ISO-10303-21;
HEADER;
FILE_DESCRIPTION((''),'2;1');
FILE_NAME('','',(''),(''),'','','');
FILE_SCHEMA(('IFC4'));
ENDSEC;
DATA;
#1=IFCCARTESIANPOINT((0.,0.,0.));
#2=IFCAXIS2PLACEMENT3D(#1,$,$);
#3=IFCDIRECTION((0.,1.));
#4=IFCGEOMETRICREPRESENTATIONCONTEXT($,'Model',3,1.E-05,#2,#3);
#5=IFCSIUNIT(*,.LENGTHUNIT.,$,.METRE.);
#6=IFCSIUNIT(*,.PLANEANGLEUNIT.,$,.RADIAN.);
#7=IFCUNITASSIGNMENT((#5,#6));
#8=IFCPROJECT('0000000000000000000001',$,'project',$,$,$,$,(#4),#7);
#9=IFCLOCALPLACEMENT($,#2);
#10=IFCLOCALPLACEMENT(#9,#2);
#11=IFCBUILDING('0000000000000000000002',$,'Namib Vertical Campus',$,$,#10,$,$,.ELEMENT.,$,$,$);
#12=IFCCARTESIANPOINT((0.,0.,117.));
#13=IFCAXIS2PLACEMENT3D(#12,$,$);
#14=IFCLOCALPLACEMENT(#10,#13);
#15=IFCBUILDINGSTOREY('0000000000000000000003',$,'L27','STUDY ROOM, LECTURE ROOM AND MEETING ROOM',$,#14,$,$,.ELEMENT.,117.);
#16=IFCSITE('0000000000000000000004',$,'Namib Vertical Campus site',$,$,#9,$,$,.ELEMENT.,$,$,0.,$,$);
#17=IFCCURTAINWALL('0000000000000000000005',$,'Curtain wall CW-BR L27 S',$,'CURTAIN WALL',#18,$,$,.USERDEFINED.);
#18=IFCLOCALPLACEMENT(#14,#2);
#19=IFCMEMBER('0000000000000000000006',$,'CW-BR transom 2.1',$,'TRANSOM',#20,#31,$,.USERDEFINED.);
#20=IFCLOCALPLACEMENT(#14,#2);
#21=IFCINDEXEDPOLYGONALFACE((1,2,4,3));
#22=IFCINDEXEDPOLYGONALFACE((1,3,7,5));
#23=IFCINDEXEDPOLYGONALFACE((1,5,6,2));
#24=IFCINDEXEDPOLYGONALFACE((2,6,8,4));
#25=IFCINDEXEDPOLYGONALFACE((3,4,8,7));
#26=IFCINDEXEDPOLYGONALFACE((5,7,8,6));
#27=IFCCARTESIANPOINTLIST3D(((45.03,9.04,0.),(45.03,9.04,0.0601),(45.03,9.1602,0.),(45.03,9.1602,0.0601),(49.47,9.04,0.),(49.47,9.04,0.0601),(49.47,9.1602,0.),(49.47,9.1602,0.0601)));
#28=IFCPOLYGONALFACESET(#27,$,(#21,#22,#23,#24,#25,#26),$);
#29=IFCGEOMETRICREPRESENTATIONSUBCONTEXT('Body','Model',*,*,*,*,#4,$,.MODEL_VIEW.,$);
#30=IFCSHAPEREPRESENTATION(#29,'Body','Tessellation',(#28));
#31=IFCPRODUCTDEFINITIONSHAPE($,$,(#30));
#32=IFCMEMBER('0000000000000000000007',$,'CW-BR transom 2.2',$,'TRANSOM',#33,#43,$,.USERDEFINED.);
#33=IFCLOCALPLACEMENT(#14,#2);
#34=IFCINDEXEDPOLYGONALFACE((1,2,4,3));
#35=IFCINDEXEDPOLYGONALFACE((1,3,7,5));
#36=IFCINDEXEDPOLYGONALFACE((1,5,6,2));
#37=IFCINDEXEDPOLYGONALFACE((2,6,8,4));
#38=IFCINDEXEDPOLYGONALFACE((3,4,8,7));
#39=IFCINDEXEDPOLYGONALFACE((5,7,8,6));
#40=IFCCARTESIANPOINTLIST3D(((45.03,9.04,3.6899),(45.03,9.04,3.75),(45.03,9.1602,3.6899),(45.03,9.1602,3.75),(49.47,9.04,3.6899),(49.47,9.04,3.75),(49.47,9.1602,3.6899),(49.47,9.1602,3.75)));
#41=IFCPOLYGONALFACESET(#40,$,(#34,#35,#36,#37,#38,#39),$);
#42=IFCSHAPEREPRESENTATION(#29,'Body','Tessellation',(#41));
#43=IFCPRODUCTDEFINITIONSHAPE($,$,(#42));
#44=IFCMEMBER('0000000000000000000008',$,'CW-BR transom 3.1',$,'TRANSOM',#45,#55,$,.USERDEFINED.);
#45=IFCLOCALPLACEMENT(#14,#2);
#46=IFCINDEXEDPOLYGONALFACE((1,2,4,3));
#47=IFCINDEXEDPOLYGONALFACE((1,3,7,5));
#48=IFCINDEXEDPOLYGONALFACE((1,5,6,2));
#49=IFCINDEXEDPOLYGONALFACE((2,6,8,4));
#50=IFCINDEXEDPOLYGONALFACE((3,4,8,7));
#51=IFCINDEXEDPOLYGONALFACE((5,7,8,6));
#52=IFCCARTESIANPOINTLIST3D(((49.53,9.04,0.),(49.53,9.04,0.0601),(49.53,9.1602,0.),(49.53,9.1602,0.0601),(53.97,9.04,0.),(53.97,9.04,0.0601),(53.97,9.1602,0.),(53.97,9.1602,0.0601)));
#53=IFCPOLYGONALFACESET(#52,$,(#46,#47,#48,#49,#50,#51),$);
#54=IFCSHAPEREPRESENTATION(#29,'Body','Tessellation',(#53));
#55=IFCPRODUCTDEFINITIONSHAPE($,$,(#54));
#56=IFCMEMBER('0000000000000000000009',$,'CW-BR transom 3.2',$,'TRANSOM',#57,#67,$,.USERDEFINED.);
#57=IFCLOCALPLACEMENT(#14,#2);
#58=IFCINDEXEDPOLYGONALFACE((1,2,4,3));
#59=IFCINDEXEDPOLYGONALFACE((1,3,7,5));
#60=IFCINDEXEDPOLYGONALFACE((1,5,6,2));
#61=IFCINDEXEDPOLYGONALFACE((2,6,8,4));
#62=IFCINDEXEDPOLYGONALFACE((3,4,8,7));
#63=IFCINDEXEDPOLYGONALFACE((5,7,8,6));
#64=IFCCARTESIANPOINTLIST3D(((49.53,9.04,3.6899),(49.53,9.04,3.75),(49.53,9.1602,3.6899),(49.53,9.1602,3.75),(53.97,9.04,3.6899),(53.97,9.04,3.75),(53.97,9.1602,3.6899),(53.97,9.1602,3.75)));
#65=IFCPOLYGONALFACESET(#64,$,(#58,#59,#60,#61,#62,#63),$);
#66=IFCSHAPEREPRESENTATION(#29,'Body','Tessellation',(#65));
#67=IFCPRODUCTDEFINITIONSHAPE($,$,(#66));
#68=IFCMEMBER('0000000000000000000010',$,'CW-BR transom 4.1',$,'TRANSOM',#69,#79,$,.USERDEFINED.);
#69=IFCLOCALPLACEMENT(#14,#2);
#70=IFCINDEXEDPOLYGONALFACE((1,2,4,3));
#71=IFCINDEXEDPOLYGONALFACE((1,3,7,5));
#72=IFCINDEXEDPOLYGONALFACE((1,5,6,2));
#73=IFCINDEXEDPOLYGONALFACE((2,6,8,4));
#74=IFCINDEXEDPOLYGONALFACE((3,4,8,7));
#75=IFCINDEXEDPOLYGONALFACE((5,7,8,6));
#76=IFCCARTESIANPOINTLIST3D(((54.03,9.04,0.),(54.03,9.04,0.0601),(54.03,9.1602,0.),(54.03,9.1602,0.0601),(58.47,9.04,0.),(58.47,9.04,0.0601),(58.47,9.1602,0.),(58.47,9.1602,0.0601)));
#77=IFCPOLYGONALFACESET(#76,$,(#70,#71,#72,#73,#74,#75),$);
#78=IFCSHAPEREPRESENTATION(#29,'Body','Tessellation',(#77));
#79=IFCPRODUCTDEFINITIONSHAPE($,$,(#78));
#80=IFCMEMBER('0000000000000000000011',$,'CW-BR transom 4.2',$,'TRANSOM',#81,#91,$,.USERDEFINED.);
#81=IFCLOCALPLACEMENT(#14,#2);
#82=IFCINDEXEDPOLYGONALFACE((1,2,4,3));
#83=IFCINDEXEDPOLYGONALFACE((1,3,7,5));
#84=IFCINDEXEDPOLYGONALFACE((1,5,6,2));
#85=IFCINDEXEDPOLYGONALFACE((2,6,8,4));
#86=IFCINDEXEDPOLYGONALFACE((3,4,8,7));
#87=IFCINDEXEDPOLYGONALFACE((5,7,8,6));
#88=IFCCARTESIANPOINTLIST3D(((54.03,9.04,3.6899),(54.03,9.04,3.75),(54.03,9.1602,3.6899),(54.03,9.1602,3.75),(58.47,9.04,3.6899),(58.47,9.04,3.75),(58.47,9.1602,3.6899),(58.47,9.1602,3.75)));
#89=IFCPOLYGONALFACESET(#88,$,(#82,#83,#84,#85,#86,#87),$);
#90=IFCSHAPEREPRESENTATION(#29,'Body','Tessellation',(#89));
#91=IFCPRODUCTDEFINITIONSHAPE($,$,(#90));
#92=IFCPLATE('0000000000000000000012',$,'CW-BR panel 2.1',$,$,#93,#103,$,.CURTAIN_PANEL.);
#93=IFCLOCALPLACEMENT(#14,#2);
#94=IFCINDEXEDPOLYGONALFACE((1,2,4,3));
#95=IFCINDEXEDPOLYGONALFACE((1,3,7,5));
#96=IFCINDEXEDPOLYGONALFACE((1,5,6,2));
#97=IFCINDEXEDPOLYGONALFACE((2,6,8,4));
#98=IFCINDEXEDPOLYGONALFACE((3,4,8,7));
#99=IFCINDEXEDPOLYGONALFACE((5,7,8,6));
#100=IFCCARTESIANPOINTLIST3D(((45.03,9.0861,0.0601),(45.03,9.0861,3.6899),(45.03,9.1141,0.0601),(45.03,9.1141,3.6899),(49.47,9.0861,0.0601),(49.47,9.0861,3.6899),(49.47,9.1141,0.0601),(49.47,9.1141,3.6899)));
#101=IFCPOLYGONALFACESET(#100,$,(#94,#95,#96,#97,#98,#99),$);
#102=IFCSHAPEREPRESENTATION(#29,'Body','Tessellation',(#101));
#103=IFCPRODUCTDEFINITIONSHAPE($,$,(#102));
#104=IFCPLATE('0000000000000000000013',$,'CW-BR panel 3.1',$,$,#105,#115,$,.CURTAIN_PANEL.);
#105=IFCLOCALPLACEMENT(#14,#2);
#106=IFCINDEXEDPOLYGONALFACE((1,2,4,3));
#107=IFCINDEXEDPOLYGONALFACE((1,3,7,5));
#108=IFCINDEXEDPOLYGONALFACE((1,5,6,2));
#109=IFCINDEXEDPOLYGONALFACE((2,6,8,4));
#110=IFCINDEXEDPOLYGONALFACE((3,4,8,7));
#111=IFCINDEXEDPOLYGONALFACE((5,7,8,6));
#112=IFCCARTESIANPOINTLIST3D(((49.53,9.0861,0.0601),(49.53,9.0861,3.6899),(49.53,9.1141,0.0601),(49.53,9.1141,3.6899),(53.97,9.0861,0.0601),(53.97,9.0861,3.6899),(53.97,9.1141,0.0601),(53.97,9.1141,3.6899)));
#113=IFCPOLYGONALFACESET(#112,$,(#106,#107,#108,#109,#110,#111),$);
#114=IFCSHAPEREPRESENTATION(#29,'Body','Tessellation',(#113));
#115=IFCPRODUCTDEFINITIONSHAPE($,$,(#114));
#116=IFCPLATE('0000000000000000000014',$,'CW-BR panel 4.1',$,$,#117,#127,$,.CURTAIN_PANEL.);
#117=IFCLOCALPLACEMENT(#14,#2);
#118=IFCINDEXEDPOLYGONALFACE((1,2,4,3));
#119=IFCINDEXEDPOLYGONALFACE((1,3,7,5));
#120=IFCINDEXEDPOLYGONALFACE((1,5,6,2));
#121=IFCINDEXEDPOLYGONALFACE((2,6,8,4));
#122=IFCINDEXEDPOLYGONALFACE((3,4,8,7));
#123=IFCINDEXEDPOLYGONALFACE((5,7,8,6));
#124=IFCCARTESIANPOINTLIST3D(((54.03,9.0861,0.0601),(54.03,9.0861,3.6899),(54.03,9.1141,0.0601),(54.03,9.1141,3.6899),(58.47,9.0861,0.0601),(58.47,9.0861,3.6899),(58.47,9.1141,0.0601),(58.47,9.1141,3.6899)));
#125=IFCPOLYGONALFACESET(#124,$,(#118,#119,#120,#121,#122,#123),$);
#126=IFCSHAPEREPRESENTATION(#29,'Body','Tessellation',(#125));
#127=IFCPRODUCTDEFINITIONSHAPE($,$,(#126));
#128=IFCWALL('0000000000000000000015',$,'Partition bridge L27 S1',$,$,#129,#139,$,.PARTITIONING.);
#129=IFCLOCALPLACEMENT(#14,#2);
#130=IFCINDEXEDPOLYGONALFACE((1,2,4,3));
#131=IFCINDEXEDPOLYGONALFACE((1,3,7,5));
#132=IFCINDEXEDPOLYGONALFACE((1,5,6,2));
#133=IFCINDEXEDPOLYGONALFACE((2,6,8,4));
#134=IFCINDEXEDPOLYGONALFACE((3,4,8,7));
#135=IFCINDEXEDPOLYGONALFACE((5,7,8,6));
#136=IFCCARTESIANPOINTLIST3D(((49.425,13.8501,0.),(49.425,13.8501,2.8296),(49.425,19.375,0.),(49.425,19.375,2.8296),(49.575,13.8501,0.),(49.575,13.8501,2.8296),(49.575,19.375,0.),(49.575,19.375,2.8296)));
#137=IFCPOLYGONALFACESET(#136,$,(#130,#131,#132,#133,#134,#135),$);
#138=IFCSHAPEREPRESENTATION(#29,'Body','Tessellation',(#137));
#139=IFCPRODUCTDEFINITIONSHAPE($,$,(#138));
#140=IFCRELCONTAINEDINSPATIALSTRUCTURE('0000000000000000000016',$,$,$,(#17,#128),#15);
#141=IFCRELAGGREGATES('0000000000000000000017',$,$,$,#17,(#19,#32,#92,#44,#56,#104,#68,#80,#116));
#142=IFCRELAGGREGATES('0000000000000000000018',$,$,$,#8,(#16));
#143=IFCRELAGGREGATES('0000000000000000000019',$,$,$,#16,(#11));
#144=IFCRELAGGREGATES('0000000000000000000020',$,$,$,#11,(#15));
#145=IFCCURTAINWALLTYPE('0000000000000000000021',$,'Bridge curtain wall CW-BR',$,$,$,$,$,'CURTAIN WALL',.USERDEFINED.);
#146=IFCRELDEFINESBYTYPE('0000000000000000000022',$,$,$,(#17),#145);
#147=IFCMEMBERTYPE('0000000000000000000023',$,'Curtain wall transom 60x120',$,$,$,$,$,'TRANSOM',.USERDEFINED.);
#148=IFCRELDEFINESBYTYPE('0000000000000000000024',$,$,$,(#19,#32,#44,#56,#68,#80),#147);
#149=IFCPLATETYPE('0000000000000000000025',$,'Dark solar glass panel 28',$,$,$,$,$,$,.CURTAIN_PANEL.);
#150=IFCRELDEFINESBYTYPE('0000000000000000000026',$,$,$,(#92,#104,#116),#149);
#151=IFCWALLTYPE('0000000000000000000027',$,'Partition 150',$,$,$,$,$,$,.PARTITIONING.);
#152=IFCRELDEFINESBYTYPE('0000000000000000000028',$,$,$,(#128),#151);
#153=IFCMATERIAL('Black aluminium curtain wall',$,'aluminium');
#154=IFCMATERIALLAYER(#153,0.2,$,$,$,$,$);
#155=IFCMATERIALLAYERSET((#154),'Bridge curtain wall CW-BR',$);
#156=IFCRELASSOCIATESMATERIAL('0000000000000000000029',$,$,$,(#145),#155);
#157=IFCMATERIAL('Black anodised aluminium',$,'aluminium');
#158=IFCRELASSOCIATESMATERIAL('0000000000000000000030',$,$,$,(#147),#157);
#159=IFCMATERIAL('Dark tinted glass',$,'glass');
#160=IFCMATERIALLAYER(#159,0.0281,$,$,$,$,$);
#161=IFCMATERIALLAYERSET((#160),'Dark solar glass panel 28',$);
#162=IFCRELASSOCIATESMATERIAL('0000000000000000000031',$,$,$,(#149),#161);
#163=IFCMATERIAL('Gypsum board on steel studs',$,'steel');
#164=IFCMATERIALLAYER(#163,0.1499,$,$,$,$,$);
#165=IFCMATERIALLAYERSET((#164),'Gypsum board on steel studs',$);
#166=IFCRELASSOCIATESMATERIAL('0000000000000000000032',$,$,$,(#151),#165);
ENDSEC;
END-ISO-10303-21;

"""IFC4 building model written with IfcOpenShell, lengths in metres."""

from ifc_helpers import new_model, si_unit, direction, frame, frame_2d, origin, origin_2d, place, context, subcontext, project, spatial, rectangle, extrude, material, layer, layer_set, material_profile, profile_set, type_object, element, aggregate, save


model = new_model("IFC4")

# Units and contexts
model_context = context("Model", 3, precision=1e-05, world=origin(), true_north=direction((0.0, 1.0)))
body_context = subcontext(model_context, "Body", "Model", "MODEL_VIEW")
ifc_project = project(units=[si_unit("LENGTHUNIT", "METRE"), si_unit("PLANEANGLEUNIT", "RADIAN")], contexts=[model_context])

# Site, building, storey
site_placement = place(None, origin())
site = spatial("IfcSite", under=ifc_project, at=site_placement, Name="Namib Vertical Campus site", CompositionType="ELEMENT", RefElevation=0.0)
building_placement = place(site_placement, origin())
building = spatial("IfcBuilding", under=site, at=building_placement, Name="Namib Vertical Campus", CompositionType="ELEMENT")
storey_placement = place(building_placement, frame((0.0, 0.0, 117.0)))
storey = spatial("IfcBuildingStorey", under=building, at=storey_placement, Name="L27", Description="STUDY ROOM, LECTURE ROOM AND MEETING ROOM", CompositionType="ELEMENT", Elevation=117.0)

# Curtain wall, members, plates
ifc_material_1 = material(Name="Black aluminium curtain wall", Category="aluminium")
ifc_layer_1 = layer(ifc_material_1, 0.2)
ifc_layer_set_1 = layer_set([ifc_layer_1], Name="Bridge curtain wall CW-BR")
curtain_wall_type = type_object("IfcCurtainWallType", Name="Bridge curtain wall CW-BR", ElementType="CURTAIN WALL", PredefinedType="USERDEFINED", material=ifc_layer_set_1)
curtain_wall_placement = place(storey_placement, origin())
curtain_wall = element("IfcCurtainWall", 1, at=curtain_wall_placement, inside=storey, type_object=curtain_wall_type, Name="Curtain wall CW-BR L27 S", ObjectType="CURTAIN WALL", PredefinedType="USERDEFINED")
ifc_material_2 = material(Name="Black anodised aluminium", Category="aluminium")
ifc_material_profile_1 = material_profile(ifc_material_2, rectangle(XDim=0.0601, YDim=0.1201, at=origin_2d()))
ifc_profile_set_1 = profile_set([ifc_material_profile_1], Name="Black anodised aluminium")
member_type_1 = type_object("IfcMemberType", Name="Curtain wall transom 60x120", ElementType="TRANSOM", PredefinedType="USERDEFINED", material=ifc_profile_set_1)
member_1_placement = place(storey_placement, frame((45.03, 9.1001, 0.03), z_axis=(1.0, 0.0, 0.0), x_axis=(0.0, 0.0, 1.0)))
member_1 = element("IfcMember", 2, at=member_1_placement, type_object=member_type_1, Name="CW-BR transom 2.1", ObjectType="TRANSOM", PredefinedType="USERDEFINED", context=body_context, shape_type="SweptSolid", body=[
    extrude(rectangle(XDim=0.0601, YDim=0.1201, at=origin_2d()), origin(), (0.0, 0.0, 1.0), 4.4399),
])
member_2_placement = place(storey_placement, frame((45.03, 9.1001, 3.72), z_axis=(1.0, 0.0, 0.0), x_axis=(0.0, 0.0, 1.0)))
member_2 = element("IfcMember", 3, at=member_2_placement, type_object=member_type_1, Name="CW-BR transom 2.2", ObjectType="TRANSOM", PredefinedType="USERDEFINED", context=body_context, shape_type="SweptSolid", body=[
    extrude(rectangle(XDim=0.0601, YDim=0.1201, at=origin_2d()), origin(), (0.0, 0.0, 1.0), 4.4399),
])
member_3_placement = place(storey_placement, frame((49.53, 9.1001, 0.03), z_axis=(1.0, 0.0, 0.0), x_axis=(0.0, 0.0, 1.0)))
member_3 = element("IfcMember", 4, at=member_3_placement, type_object=member_type_1, Name="CW-BR transom 3.1", ObjectType="TRANSOM", PredefinedType="USERDEFINED", context=body_context, shape_type="SweptSolid", body=[
    extrude(rectangle(XDim=0.0601, YDim=0.1201, at=origin_2d()), origin(), (0.0, 0.0, 1.0), 4.4399),
])
member_4_placement = place(storey_placement, frame((49.53, 9.1001, 3.72), z_axis=(1.0, 0.0, 0.0), x_axis=(0.0, 0.0, 1.0)))
member_4 = element("IfcMember", 5, at=member_4_placement, type_object=member_type_1, Name="CW-BR transom 3.2", ObjectType="TRANSOM", PredefinedType="USERDEFINED", context=body_context, shape_type="SweptSolid", body=[
    extrude(rectangle(XDim=0.0601, YDim=0.1201, at=origin_2d()), origin(), (0.0, 0.0, 1.0), 4.4399),
])
member_5_placement = place(storey_placement, frame((54.03, 9.1001, 0.03), z_axis=(1.0, 0.0, 0.0), x_axis=(0.0, 0.0, 1.0)))
member_5 = element("IfcMember", 6, at=member_5_placement, type_object=member_type_1, Name="CW-BR transom 4.1", ObjectType="TRANSOM", PredefinedType="USERDEFINED", context=body_context, shape_type="SweptSolid", body=[
    extrude(rectangle(XDim=0.0601, YDim=0.1201, at=origin_2d()), origin(), (0.0, 0.0, 1.0), 4.4399),
])
member_6_placement = place(storey_placement, frame((54.03, 9.1001, 3.72), z_axis=(1.0, 0.0, 0.0), x_axis=(0.0, 0.0, 1.0)))
member_6 = element("IfcMember", 7, at=member_6_placement, type_object=member_type_1, Name="CW-BR transom 4.2", ObjectType="TRANSOM", PredefinedType="USERDEFINED", context=body_context, shape_type="SweptSolid", body=[
    extrude(rectangle(XDim=0.0601, YDim=0.1201, at=origin_2d()), origin(), (0.0, 0.0, 1.0), 4.4399),
])
ifc_material_3 = material(Name="Dark tinted glass", Category="glass")
ifc_layer_2 = layer(ifc_material_3, 0.0281)
ifc_layer_set_2 = layer_set([ifc_layer_2], Name="Dark solar glass panel 28")
plate_type = type_object("IfcPlateType", Name="Dark solar glass panel 28", PredefinedType="CURTAIN_PANEL", material=ifc_layer_set_2)
plate_1_placement = place(storey_placement, frame((47.25, 9.1001, 0.0601), z_axis=(0.0, 0.0, 1.0), x_axis=(1.0, 0.0, 0.0)))
plate_1 = element("IfcPlate", 8, at=plate_1_placement, type_object=plate_type, Name="CW-BR panel 2.1", PredefinedType="CURTAIN_PANEL", context=body_context, shape_type="SweptSolid", body=[
    extrude(rectangle(XDim=4.4399, YDim=0.0281, at=origin_2d()), origin(), (0.0, 0.0, 1.0), 3.6299),
])
plate_2_placement = place(storey_placement, frame((51.75, 9.1001, 0.0601), z_axis=(0.0, 0.0, 1.0), x_axis=(1.0, 0.0, 0.0)))
plate_2 = element("IfcPlate", 9, at=plate_2_placement, type_object=plate_type, Name="CW-BR panel 3.1", PredefinedType="CURTAIN_PANEL", context=body_context, shape_type="SweptSolid", body=[
    extrude(rectangle(XDim=4.4399, YDim=0.0281, at=origin_2d()), origin(), (0.0, 0.0, 1.0), 3.6299),
])
plate_3_placement = place(storey_placement, frame((56.25, 9.1001, 0.0601), z_axis=(0.0, 0.0, 1.0), x_axis=(1.0, 0.0, 0.0)))
plate_3 = element("IfcPlate", 10, at=plate_3_placement, type_object=plate_type, Name="CW-BR panel 4.1", PredefinedType="CURTAIN_PANEL", context=body_context, shape_type="SweptSolid", body=[
    extrude(rectangle(XDim=4.4399, YDim=0.0281, at=origin_2d()), origin(), (0.0, 0.0, 1.0), 3.6299),
])
aggregate(curtain_wall, [member_1, member_2, plate_1, member_3, member_4, plate_2, member_5, member_6, plate_3])

# Wall
ifc_material_4 = material(Name="Gypsum board on steel studs", Category="steel")
ifc_layer_3 = layer(ifc_material_4, 0.1499)
ifc_layer_set_3 = layer_set([ifc_layer_3], Name="Gypsum board on steel studs")
wall_type = type_object("IfcWallType", Name="Partition 150", PredefinedType="PARTITIONING", material=ifc_layer_set_3)
wall_placement = place(storey_placement, frame((49.5, 13.8501, 0.0), z_axis=(0.0, 0.0, 1.0), x_axis=(0.0, 1.0, 0.0)))
element("IfcWall", 11, at=wall_placement, inside=storey, type_object=wall_type, Name="Partition bridge L27 S1", PredefinedType="PARTITIONING", context=body_context, shape_type="SweptSolid", body=[
    extrude(rectangle(XDim=5.5249, YDim=0.1499, at=frame_2d((2.7625, 0.0))), origin(), (0.0, 0.0, 1.0), 2.8296),
])

save(model, "model.ifc")
